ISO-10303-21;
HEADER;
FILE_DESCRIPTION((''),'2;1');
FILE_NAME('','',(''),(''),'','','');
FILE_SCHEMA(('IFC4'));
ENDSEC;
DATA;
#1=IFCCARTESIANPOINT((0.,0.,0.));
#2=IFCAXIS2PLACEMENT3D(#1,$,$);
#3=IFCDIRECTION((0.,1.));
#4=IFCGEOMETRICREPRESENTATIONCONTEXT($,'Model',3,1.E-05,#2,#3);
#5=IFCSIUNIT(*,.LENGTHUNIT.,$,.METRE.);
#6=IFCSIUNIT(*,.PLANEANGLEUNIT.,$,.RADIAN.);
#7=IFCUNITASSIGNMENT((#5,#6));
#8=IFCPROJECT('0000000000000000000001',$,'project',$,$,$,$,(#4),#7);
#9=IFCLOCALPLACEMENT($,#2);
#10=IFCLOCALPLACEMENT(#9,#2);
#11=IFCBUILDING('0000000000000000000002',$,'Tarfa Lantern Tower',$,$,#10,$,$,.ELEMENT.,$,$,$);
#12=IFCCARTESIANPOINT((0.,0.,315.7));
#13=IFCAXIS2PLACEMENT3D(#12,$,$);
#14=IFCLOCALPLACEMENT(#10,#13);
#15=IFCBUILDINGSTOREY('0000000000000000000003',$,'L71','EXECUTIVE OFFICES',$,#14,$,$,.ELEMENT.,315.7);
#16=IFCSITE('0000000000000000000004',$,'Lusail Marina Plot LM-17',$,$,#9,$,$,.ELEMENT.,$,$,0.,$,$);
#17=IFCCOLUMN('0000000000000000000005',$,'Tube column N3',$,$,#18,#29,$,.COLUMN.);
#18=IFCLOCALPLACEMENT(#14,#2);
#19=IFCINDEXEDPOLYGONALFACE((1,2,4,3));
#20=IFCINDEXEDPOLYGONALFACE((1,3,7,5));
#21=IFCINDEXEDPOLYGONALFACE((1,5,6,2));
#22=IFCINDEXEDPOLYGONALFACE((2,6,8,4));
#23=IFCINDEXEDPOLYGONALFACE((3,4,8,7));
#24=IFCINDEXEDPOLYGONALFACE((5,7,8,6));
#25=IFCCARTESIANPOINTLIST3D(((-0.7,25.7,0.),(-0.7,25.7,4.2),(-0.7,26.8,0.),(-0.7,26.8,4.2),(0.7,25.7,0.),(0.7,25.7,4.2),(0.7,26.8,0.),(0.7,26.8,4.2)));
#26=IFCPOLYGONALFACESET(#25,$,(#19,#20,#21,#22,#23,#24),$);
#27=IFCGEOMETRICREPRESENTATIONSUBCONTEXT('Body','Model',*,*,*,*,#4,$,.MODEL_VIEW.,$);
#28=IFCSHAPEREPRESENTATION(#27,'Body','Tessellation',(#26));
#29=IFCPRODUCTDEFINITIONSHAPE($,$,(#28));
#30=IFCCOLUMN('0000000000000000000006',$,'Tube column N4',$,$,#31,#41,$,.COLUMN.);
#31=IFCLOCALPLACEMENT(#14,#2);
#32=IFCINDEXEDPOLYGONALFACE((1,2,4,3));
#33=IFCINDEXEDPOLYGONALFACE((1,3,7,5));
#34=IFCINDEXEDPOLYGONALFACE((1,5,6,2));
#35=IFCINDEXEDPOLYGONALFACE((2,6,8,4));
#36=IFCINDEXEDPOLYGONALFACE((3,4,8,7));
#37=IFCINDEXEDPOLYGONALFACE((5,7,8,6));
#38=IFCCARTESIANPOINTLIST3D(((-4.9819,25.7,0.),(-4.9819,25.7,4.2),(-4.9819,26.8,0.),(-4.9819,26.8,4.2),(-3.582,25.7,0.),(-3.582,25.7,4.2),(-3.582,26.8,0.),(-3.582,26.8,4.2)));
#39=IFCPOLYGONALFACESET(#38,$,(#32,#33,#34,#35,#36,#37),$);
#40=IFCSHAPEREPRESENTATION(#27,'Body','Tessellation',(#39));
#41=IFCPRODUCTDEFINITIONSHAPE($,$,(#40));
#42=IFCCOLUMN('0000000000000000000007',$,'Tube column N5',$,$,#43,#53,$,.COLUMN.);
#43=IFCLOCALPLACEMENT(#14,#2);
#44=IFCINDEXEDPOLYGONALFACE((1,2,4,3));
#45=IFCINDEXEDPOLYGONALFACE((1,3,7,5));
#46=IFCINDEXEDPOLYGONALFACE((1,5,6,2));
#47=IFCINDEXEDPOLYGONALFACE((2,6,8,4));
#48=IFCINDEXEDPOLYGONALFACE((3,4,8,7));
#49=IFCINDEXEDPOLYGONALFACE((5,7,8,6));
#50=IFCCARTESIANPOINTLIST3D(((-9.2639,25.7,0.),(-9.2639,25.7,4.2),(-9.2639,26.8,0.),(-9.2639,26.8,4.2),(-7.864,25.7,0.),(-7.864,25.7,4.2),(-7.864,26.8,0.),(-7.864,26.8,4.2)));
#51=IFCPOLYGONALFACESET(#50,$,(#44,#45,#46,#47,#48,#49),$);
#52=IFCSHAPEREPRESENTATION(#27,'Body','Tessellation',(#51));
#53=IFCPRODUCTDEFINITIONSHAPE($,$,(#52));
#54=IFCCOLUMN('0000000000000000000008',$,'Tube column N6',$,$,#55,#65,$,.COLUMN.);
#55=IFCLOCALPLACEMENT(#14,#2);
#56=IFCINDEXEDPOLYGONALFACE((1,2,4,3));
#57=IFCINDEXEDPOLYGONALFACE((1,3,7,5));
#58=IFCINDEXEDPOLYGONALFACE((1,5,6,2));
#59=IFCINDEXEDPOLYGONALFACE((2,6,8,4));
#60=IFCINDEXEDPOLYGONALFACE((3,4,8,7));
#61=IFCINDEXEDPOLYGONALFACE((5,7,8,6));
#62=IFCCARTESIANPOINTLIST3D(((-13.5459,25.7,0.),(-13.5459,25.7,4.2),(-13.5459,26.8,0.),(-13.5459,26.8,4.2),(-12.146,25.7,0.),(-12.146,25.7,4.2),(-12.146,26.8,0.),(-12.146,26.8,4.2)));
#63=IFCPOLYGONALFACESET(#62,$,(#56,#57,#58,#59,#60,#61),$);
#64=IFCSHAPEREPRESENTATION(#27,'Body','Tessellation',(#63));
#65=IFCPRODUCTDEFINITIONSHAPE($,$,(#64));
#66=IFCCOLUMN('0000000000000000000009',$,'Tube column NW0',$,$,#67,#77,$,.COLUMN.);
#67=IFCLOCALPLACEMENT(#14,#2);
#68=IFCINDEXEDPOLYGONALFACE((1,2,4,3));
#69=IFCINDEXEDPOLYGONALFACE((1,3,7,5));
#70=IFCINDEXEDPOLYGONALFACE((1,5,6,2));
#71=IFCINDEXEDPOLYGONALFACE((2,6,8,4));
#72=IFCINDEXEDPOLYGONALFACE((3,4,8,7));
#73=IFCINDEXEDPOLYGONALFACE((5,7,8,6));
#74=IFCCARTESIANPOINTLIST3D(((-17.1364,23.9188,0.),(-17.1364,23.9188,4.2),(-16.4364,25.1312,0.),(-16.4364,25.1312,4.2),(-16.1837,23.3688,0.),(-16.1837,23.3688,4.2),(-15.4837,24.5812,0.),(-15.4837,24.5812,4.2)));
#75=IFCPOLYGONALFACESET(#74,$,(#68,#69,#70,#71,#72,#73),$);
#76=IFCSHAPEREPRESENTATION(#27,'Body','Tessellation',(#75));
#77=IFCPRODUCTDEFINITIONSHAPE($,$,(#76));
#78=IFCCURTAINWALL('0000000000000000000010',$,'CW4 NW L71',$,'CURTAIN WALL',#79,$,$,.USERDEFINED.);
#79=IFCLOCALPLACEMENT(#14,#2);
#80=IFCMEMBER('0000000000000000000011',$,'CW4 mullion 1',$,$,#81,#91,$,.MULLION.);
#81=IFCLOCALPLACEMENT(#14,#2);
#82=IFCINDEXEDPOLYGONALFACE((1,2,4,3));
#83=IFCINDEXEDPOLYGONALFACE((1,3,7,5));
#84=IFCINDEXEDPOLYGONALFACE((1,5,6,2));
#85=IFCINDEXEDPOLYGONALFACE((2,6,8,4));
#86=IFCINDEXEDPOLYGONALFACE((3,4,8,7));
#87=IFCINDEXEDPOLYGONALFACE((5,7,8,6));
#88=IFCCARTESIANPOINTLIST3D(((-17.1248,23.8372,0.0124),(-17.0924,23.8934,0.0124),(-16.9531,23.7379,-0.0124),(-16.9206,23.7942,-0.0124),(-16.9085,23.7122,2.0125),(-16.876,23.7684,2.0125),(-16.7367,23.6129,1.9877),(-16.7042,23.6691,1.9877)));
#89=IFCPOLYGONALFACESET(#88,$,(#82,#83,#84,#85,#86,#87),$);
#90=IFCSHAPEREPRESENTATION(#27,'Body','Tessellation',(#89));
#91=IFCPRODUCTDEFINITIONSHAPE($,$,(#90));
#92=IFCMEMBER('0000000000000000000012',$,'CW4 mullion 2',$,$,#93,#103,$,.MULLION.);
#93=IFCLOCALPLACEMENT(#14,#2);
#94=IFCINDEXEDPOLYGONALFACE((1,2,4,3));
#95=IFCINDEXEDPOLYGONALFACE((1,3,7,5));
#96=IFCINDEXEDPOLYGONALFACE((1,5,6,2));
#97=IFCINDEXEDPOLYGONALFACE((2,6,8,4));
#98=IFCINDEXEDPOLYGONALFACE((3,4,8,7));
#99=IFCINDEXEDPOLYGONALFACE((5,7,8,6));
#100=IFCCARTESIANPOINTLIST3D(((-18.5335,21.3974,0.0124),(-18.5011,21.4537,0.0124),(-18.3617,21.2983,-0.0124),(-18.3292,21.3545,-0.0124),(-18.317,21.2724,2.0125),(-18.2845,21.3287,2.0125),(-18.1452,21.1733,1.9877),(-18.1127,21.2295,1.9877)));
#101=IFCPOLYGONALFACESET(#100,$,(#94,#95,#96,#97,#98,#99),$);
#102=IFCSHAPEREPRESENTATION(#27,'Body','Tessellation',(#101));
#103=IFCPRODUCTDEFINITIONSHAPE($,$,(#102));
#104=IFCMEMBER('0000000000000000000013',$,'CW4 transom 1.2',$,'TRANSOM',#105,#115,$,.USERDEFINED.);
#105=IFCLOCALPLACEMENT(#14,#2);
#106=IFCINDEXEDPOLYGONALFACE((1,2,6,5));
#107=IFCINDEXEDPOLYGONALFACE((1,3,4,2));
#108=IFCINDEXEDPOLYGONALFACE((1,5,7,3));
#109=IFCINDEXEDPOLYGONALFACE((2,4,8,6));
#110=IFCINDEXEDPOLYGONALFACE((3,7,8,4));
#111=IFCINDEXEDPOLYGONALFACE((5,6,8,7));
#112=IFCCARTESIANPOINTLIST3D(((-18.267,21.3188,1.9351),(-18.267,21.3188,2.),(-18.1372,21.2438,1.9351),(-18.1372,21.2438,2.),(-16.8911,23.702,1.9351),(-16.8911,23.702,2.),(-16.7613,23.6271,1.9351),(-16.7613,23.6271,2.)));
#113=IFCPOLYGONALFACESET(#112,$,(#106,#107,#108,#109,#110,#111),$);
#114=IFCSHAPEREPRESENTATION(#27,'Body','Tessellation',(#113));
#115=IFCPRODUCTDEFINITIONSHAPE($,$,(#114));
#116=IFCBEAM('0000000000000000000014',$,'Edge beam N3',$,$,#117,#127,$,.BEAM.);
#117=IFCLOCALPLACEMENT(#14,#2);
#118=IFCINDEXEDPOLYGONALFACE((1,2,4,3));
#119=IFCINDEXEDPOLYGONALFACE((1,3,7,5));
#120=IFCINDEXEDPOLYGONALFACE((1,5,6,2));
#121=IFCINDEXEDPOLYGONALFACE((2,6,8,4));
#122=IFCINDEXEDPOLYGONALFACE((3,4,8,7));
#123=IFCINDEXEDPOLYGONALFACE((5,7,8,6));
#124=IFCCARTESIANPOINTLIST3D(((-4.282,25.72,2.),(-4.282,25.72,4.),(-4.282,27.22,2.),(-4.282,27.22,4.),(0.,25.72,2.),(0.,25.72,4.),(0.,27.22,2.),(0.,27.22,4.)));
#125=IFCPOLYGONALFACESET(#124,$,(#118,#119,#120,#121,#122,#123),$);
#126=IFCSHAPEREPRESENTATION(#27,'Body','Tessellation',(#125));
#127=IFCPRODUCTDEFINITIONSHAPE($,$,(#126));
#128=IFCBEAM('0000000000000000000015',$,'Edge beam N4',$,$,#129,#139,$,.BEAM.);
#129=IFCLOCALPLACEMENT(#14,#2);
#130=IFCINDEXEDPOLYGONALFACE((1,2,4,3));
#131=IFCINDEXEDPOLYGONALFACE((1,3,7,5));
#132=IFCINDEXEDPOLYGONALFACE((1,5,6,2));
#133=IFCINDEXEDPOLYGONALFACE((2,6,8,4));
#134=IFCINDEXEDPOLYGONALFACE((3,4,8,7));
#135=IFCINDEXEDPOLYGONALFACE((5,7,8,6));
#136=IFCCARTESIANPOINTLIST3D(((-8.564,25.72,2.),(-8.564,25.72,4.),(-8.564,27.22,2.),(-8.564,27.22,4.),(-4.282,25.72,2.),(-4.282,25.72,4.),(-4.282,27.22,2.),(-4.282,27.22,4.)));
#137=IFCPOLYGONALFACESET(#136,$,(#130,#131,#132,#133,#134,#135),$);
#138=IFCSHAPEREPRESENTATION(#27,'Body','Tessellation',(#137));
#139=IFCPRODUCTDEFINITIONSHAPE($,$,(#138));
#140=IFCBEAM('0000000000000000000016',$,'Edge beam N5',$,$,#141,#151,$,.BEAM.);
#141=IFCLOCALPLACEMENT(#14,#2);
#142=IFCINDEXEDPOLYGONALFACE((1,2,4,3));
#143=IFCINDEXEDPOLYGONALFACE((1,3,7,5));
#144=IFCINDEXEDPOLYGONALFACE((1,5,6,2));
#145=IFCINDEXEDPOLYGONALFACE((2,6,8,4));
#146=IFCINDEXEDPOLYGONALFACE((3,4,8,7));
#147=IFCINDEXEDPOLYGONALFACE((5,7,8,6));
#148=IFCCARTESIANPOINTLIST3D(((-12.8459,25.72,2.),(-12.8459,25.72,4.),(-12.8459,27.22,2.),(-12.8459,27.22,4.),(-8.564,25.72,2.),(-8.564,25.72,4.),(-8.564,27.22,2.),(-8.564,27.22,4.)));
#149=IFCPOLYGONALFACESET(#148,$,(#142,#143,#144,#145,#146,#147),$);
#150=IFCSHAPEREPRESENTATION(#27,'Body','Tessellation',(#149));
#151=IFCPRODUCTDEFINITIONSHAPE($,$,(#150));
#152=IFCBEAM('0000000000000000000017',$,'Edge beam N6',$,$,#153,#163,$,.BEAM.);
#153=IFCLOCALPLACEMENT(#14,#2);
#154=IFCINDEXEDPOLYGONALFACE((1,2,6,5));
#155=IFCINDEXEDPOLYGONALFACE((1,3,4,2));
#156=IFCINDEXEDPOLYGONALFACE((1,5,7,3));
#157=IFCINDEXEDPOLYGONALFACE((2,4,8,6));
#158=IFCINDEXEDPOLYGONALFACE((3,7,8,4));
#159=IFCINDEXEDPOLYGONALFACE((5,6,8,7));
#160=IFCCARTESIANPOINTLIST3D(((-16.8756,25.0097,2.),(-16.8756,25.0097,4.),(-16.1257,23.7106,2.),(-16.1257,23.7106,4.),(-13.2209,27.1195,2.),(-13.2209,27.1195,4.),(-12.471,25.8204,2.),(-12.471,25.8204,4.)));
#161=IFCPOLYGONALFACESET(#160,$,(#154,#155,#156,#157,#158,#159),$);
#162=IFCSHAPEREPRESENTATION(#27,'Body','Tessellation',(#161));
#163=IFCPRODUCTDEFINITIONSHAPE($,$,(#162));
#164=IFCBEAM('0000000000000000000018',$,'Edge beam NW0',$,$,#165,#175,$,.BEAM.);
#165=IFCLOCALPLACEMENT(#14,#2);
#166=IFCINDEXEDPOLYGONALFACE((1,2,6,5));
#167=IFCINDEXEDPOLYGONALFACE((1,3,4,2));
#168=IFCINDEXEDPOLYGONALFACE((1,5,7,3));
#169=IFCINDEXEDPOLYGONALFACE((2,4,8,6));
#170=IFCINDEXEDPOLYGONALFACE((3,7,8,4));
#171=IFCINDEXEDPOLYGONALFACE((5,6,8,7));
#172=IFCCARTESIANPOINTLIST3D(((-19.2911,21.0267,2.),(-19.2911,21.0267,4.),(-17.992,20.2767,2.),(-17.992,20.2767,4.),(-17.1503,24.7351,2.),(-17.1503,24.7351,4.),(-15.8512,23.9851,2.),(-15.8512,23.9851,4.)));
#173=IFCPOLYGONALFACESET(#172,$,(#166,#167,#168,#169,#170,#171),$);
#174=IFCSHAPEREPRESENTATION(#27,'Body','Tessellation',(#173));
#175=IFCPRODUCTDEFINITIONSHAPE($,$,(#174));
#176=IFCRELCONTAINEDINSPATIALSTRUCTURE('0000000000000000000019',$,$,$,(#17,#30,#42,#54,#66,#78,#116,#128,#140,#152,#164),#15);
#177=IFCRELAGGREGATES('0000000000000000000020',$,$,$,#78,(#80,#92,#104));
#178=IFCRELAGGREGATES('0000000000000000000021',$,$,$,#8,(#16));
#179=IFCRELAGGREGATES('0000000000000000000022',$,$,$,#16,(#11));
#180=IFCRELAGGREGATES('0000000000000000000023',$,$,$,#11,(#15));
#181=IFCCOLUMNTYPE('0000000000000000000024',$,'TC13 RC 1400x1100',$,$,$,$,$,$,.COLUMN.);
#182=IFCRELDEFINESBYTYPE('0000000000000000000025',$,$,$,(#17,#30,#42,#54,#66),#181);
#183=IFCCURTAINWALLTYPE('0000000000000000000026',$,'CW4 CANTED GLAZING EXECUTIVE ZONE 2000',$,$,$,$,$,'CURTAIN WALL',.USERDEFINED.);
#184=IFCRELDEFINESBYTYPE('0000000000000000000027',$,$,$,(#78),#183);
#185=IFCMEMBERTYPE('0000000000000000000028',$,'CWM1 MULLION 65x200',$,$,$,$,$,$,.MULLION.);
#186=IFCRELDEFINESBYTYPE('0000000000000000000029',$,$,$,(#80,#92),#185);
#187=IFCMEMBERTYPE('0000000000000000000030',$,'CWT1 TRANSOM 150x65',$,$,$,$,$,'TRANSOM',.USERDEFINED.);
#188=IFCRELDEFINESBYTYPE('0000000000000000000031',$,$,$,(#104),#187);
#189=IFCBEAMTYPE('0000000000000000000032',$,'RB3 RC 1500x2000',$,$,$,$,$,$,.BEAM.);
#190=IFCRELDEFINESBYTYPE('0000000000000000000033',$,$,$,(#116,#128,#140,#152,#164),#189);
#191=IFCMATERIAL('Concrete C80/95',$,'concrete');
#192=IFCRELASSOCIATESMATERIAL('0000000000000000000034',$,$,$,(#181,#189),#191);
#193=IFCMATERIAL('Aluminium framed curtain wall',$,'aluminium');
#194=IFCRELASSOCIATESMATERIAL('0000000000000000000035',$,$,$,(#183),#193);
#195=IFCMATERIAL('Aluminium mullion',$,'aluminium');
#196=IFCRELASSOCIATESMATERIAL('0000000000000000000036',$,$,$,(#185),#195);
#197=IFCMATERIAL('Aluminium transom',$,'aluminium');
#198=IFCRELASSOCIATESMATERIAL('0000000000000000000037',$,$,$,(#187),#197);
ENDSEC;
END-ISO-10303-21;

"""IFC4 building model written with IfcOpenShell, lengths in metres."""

from ifc_helpers import new_model, si_unit, direction, frame, origin, origin_2d, place, context, subcontext, project, spatial, rectangle, extrude, material, material_profile, profile_set, type_object, element, aggregate, save


model = new_model("IFC4")

# Units and contexts
model_context = context("Model", 3, precision=1e-05, world=origin(), true_north=direction((0.0, 1.0)))
body_context = subcontext(model_context, "Body", "Model", "MODEL_VIEW")
ifc_project = project(units=[si_unit("LENGTHUNIT", "METRE"), si_unit("PLANEANGLEUNIT", "RADIAN")], contexts=[model_context])

# Site, building, storey
site_placement = place(None, origin())
site = spatial("IfcSite", under=ifc_project, at=site_placement, Name="Lusail Marina Plot LM-17", CompositionType="ELEMENT", RefElevation=0.0)
building_placement = place(site_placement, origin())
building = spatial("IfcBuilding", under=site, at=building_placement, Name="Tarfa Lantern Tower", CompositionType="ELEMENT")
storey_placement = place(building_placement, frame((0.0, 0.0, 315.7)))
storey = spatial("IfcBuildingStorey", under=building, at=storey_placement, Name="L71", Description="EXECUTIVE OFFICES", CompositionType="ELEMENT", Elevation=315.7)

# Columns
ifc_material_1 = material(Name="Concrete C80/95", Category="concrete")
ifc_material_profile_1 = material_profile(ifc_material_1, rectangle(XDim=1.3999, YDim=1.1001, at=origin_2d()), Name="RC 1400x1100")
ifc_profile_set_1 = profile_set([ifc_material_profile_1], Name="Concrete C80/95")
column_type = type_object("IfcColumnType", Name="TC13 RC 1400x1100", PredefinedType="COLUMN", material=ifc_profile_set_1)
for number, where, z_axis, x_axis, name in (
    (1, (0.0, 26.25, 0.0), (0.0, 0.0, 1.0), (-1.0, 0.0, 0.0), "Tube column N3"),
    (2, (-4.282, 26.25, 0.0), (0.0, 0.0, 1.0), (-1.0, 0.0, 0.0), "Tube column N4"),
    (3, (-8.564, 26.25, 0.0), (0.0, 0.0, 1.0), (-1.0, 0.0, 0.0), "Tube column N5"),
    (4, (-12.8459, 26.25, 0.0), (0.0, 0.0, 1.0), (-1.0, 0.0, 0.0), "Tube column N6"),
    (5, (-16.3101, 24.25, 0.0), (0.0, 0.0, 1.0), (-0.5, -0.866025, 0.0), "Tube column NW0"),
):
    element("IfcColumn", number, at=place(storey_placement, frame(where, z_axis=z_axis, x_axis=x_axis)), inside=storey, type_object=column_type, Name=name, PredefinedType="COLUMN", context=body_context, shape_type="SweptSolid", body=[
        extrude(rectangle(XDim=1.3999, YDim=1.1001, at=origin_2d()), origin(), (0.0, 0.0, 1.0), 4.2),
    ])

# Curtain wall, members
ifc_material_2 = material(Name="Aluminium framed curtain wall", Category="aluminium")
curtain_wall_type = type_object("IfcCurtainWallType", Name="CW4 CANTED GLAZING EXECUTIVE ZONE 2000", ElementType="CURTAIN WALL", PredefinedType="USERDEFINED", material=ifc_material_2)
curtain_wall_placement = place(storey_placement, origin())
curtain_wall = element("IfcCurtainWall", 6, at=curtain_wall_placement, inside=storey, type_object=curtain_wall_type, Name="CW4 NW L71", ObjectType="CURTAIN WALL", PredefinedType="USERDEFINED")
ifc_material_3 = material(Name="Aluminium mullion", Category="aluminium")
ifc_material_profile_2 = material_profile(ifc_material_3, rectangle(XDim=0.0649, YDim=0.2, at=origin_2d()), Name="AL MULLION 65x200")
ifc_profile_set_2 = profile_set([ifc_material_profile_2], Name="Aluminium mullion")
member_type_1 = type_object("IfcMemberType", Name="CWM1 MULLION 65x200", PredefinedType="MULLION", material=ifc_profile_set_2)
member_1_placement = place(storey_placement, frame((-17.0227, 23.8157, 0.0), z_axis=(0.10732, -0.062018, 0.992288), x_axis=(0.500343, 0.865827, 0.0)))
member_1 = element("IfcMember", 7, at=member_1_placement, type_object=member_type_1, Name="CW4 mullion 1", PredefinedType="MULLION", context=body_context, shape_type="SweptSolid", body=[
    extrude(rectangle(XDim=0.0649, YDim=0.2, at=origin_2d()), origin(), (0.0, 0.0, 1.0), 2.0156),
])
member_2_placement = place(storey_placement, frame((-18.4314, 21.376, 0.0), z_axis=(0.10744, -0.062017, 0.992275), x_axis=(0.49992, 0.866072, 0.0)))
member_2 = element("IfcMember", 8, at=member_2_placement, type_object=member_type_1, Name="CW4 mullion 2", PredefinedType="MULLION", context=body_context, shape_type="SweptSolid", body=[
    extrude(rectangle(XDim=0.0649, YDim=0.2, at=origin_2d()), origin(), (0.0, 0.0, 1.0), 2.0156),
])
ifc_material_4 = material(Name="Aluminium transom", Category="aluminium")
ifc_material_profile_3 = material_profile(ifc_material_4, rectangle(XDim=0.1499, YDim=0.0649, at=origin_2d()), Name="AL TRANSOM 150x65")
ifc_profile_set_3 = profile_set([ifc_material_profile_3], Name="Aluminium transom")
member_type_2 = type_object("IfcMemberType", Name="CWT1 TRANSOM 150x65", ElementType="TRANSOM", PredefinedType="USERDEFINED", material=ifc_profile_set_3)
member_3_placement = place(storey_placement, frame((-16.8262, 23.6646, 1.9675), z_axis=(-0.499994, -0.866029, 0.0), x_axis=(0.866029, -0.499994, 0.0)))
member_3 = element("IfcMember", 9, at=member_3_placement, type_object=member_type_2, Name="CW4 transom 1.2", ObjectType="TRANSOM", PredefinedType="USERDEFINED", context=body_context, shape_type="SweptSolid", body=[
    extrude(rectangle(XDim=0.1499, YDim=0.0649, at=origin_2d()), origin(), (0.0, 0.0, 1.0), 2.752),
])

# Beams
ifc_material_profile_4 = material_profile(ifc_material_1, rectangle(XDim=1.5, YDim=2.0, at=origin_2d()), Name="RC 1500x2000")
ifc_profile_set_4 = profile_set([ifc_material_profile_4], Name="Concrete C80/95")
beam_type_1 = type_object("IfcBeamType", Name="RB3 RC 1500x2000", PredefinedType="BEAM", material=ifc_profile_set_4)
for number, where, z_axis, x_axis, name in (
    (10, (0.0, 26.47, 3.0), (-1.0, 0.0, 0.0), (0.0, -1.0, 0.0), "Edge beam N3"),
    (11, (-4.282, 26.47, 3.0), (-1.0, 0.0, 0.0), (0.0, -1.0, 0.0), "Edge beam N4"),
    (12, (-8.564, 26.47, 3.0), (-1.0, 0.0, 0.0), (0.0, -1.0, 0.0), "Edge beam N5"),
):
    element("IfcBeam", number, at=place(storey_placement, frame(where, z_axis=z_axis, x_axis=x_axis)), inside=storey, type_object=beam_type_1, Name=name, PredefinedType="BEAM", context=body_context, shape_type="SweptSolid", body=[
        extrude(rectangle(XDim=1.5, YDim=2.0, at=origin_2d()), origin(), (0.0, 0.0, 1.0), 4.282),
    ])
beam_1_placement = place(storey_placement, frame((-12.8459, 26.47, 3.0), z_axis=(-0.866049, -0.499959, 0.0), x_axis=(0.499959, -0.866049, 0.0)))
element("IfcBeam", 13, at=beam_1_placement, inside=storey, type_object=beam_type_1, Name="Edge beam N6", PredefinedType="BEAM", context=body_context, shape_type="SweptSolid", body=[
    extrude(rectangle(XDim=1.5, YDim=2.0, at=origin_2d()), origin(), (0.0, 0.0, 1.0), 4.22),
])
beam_2_placement = place(storey_placement, frame((-16.5007, 24.3601, 3.0), z_axis=(-0.499959, -0.866049, 0.0), x_axis=(0.866049, -0.499959, 0.0)))
element("IfcBeam", 14, at=beam_2_placement, inside=storey, type_object=beam_type_1, Name="Edge beam NW0", PredefinedType="BEAM", context=body_context, shape_type="SweptSolid", body=[
    extrude(rectangle(XDim=1.5, YDim=2.0, at=origin_2d()), origin(), (0.0, 0.0, 1.0), 4.282),
])

aggregate(curtain_wall, [member_1, member_2, member_3])

save(model, "model.ifc")
